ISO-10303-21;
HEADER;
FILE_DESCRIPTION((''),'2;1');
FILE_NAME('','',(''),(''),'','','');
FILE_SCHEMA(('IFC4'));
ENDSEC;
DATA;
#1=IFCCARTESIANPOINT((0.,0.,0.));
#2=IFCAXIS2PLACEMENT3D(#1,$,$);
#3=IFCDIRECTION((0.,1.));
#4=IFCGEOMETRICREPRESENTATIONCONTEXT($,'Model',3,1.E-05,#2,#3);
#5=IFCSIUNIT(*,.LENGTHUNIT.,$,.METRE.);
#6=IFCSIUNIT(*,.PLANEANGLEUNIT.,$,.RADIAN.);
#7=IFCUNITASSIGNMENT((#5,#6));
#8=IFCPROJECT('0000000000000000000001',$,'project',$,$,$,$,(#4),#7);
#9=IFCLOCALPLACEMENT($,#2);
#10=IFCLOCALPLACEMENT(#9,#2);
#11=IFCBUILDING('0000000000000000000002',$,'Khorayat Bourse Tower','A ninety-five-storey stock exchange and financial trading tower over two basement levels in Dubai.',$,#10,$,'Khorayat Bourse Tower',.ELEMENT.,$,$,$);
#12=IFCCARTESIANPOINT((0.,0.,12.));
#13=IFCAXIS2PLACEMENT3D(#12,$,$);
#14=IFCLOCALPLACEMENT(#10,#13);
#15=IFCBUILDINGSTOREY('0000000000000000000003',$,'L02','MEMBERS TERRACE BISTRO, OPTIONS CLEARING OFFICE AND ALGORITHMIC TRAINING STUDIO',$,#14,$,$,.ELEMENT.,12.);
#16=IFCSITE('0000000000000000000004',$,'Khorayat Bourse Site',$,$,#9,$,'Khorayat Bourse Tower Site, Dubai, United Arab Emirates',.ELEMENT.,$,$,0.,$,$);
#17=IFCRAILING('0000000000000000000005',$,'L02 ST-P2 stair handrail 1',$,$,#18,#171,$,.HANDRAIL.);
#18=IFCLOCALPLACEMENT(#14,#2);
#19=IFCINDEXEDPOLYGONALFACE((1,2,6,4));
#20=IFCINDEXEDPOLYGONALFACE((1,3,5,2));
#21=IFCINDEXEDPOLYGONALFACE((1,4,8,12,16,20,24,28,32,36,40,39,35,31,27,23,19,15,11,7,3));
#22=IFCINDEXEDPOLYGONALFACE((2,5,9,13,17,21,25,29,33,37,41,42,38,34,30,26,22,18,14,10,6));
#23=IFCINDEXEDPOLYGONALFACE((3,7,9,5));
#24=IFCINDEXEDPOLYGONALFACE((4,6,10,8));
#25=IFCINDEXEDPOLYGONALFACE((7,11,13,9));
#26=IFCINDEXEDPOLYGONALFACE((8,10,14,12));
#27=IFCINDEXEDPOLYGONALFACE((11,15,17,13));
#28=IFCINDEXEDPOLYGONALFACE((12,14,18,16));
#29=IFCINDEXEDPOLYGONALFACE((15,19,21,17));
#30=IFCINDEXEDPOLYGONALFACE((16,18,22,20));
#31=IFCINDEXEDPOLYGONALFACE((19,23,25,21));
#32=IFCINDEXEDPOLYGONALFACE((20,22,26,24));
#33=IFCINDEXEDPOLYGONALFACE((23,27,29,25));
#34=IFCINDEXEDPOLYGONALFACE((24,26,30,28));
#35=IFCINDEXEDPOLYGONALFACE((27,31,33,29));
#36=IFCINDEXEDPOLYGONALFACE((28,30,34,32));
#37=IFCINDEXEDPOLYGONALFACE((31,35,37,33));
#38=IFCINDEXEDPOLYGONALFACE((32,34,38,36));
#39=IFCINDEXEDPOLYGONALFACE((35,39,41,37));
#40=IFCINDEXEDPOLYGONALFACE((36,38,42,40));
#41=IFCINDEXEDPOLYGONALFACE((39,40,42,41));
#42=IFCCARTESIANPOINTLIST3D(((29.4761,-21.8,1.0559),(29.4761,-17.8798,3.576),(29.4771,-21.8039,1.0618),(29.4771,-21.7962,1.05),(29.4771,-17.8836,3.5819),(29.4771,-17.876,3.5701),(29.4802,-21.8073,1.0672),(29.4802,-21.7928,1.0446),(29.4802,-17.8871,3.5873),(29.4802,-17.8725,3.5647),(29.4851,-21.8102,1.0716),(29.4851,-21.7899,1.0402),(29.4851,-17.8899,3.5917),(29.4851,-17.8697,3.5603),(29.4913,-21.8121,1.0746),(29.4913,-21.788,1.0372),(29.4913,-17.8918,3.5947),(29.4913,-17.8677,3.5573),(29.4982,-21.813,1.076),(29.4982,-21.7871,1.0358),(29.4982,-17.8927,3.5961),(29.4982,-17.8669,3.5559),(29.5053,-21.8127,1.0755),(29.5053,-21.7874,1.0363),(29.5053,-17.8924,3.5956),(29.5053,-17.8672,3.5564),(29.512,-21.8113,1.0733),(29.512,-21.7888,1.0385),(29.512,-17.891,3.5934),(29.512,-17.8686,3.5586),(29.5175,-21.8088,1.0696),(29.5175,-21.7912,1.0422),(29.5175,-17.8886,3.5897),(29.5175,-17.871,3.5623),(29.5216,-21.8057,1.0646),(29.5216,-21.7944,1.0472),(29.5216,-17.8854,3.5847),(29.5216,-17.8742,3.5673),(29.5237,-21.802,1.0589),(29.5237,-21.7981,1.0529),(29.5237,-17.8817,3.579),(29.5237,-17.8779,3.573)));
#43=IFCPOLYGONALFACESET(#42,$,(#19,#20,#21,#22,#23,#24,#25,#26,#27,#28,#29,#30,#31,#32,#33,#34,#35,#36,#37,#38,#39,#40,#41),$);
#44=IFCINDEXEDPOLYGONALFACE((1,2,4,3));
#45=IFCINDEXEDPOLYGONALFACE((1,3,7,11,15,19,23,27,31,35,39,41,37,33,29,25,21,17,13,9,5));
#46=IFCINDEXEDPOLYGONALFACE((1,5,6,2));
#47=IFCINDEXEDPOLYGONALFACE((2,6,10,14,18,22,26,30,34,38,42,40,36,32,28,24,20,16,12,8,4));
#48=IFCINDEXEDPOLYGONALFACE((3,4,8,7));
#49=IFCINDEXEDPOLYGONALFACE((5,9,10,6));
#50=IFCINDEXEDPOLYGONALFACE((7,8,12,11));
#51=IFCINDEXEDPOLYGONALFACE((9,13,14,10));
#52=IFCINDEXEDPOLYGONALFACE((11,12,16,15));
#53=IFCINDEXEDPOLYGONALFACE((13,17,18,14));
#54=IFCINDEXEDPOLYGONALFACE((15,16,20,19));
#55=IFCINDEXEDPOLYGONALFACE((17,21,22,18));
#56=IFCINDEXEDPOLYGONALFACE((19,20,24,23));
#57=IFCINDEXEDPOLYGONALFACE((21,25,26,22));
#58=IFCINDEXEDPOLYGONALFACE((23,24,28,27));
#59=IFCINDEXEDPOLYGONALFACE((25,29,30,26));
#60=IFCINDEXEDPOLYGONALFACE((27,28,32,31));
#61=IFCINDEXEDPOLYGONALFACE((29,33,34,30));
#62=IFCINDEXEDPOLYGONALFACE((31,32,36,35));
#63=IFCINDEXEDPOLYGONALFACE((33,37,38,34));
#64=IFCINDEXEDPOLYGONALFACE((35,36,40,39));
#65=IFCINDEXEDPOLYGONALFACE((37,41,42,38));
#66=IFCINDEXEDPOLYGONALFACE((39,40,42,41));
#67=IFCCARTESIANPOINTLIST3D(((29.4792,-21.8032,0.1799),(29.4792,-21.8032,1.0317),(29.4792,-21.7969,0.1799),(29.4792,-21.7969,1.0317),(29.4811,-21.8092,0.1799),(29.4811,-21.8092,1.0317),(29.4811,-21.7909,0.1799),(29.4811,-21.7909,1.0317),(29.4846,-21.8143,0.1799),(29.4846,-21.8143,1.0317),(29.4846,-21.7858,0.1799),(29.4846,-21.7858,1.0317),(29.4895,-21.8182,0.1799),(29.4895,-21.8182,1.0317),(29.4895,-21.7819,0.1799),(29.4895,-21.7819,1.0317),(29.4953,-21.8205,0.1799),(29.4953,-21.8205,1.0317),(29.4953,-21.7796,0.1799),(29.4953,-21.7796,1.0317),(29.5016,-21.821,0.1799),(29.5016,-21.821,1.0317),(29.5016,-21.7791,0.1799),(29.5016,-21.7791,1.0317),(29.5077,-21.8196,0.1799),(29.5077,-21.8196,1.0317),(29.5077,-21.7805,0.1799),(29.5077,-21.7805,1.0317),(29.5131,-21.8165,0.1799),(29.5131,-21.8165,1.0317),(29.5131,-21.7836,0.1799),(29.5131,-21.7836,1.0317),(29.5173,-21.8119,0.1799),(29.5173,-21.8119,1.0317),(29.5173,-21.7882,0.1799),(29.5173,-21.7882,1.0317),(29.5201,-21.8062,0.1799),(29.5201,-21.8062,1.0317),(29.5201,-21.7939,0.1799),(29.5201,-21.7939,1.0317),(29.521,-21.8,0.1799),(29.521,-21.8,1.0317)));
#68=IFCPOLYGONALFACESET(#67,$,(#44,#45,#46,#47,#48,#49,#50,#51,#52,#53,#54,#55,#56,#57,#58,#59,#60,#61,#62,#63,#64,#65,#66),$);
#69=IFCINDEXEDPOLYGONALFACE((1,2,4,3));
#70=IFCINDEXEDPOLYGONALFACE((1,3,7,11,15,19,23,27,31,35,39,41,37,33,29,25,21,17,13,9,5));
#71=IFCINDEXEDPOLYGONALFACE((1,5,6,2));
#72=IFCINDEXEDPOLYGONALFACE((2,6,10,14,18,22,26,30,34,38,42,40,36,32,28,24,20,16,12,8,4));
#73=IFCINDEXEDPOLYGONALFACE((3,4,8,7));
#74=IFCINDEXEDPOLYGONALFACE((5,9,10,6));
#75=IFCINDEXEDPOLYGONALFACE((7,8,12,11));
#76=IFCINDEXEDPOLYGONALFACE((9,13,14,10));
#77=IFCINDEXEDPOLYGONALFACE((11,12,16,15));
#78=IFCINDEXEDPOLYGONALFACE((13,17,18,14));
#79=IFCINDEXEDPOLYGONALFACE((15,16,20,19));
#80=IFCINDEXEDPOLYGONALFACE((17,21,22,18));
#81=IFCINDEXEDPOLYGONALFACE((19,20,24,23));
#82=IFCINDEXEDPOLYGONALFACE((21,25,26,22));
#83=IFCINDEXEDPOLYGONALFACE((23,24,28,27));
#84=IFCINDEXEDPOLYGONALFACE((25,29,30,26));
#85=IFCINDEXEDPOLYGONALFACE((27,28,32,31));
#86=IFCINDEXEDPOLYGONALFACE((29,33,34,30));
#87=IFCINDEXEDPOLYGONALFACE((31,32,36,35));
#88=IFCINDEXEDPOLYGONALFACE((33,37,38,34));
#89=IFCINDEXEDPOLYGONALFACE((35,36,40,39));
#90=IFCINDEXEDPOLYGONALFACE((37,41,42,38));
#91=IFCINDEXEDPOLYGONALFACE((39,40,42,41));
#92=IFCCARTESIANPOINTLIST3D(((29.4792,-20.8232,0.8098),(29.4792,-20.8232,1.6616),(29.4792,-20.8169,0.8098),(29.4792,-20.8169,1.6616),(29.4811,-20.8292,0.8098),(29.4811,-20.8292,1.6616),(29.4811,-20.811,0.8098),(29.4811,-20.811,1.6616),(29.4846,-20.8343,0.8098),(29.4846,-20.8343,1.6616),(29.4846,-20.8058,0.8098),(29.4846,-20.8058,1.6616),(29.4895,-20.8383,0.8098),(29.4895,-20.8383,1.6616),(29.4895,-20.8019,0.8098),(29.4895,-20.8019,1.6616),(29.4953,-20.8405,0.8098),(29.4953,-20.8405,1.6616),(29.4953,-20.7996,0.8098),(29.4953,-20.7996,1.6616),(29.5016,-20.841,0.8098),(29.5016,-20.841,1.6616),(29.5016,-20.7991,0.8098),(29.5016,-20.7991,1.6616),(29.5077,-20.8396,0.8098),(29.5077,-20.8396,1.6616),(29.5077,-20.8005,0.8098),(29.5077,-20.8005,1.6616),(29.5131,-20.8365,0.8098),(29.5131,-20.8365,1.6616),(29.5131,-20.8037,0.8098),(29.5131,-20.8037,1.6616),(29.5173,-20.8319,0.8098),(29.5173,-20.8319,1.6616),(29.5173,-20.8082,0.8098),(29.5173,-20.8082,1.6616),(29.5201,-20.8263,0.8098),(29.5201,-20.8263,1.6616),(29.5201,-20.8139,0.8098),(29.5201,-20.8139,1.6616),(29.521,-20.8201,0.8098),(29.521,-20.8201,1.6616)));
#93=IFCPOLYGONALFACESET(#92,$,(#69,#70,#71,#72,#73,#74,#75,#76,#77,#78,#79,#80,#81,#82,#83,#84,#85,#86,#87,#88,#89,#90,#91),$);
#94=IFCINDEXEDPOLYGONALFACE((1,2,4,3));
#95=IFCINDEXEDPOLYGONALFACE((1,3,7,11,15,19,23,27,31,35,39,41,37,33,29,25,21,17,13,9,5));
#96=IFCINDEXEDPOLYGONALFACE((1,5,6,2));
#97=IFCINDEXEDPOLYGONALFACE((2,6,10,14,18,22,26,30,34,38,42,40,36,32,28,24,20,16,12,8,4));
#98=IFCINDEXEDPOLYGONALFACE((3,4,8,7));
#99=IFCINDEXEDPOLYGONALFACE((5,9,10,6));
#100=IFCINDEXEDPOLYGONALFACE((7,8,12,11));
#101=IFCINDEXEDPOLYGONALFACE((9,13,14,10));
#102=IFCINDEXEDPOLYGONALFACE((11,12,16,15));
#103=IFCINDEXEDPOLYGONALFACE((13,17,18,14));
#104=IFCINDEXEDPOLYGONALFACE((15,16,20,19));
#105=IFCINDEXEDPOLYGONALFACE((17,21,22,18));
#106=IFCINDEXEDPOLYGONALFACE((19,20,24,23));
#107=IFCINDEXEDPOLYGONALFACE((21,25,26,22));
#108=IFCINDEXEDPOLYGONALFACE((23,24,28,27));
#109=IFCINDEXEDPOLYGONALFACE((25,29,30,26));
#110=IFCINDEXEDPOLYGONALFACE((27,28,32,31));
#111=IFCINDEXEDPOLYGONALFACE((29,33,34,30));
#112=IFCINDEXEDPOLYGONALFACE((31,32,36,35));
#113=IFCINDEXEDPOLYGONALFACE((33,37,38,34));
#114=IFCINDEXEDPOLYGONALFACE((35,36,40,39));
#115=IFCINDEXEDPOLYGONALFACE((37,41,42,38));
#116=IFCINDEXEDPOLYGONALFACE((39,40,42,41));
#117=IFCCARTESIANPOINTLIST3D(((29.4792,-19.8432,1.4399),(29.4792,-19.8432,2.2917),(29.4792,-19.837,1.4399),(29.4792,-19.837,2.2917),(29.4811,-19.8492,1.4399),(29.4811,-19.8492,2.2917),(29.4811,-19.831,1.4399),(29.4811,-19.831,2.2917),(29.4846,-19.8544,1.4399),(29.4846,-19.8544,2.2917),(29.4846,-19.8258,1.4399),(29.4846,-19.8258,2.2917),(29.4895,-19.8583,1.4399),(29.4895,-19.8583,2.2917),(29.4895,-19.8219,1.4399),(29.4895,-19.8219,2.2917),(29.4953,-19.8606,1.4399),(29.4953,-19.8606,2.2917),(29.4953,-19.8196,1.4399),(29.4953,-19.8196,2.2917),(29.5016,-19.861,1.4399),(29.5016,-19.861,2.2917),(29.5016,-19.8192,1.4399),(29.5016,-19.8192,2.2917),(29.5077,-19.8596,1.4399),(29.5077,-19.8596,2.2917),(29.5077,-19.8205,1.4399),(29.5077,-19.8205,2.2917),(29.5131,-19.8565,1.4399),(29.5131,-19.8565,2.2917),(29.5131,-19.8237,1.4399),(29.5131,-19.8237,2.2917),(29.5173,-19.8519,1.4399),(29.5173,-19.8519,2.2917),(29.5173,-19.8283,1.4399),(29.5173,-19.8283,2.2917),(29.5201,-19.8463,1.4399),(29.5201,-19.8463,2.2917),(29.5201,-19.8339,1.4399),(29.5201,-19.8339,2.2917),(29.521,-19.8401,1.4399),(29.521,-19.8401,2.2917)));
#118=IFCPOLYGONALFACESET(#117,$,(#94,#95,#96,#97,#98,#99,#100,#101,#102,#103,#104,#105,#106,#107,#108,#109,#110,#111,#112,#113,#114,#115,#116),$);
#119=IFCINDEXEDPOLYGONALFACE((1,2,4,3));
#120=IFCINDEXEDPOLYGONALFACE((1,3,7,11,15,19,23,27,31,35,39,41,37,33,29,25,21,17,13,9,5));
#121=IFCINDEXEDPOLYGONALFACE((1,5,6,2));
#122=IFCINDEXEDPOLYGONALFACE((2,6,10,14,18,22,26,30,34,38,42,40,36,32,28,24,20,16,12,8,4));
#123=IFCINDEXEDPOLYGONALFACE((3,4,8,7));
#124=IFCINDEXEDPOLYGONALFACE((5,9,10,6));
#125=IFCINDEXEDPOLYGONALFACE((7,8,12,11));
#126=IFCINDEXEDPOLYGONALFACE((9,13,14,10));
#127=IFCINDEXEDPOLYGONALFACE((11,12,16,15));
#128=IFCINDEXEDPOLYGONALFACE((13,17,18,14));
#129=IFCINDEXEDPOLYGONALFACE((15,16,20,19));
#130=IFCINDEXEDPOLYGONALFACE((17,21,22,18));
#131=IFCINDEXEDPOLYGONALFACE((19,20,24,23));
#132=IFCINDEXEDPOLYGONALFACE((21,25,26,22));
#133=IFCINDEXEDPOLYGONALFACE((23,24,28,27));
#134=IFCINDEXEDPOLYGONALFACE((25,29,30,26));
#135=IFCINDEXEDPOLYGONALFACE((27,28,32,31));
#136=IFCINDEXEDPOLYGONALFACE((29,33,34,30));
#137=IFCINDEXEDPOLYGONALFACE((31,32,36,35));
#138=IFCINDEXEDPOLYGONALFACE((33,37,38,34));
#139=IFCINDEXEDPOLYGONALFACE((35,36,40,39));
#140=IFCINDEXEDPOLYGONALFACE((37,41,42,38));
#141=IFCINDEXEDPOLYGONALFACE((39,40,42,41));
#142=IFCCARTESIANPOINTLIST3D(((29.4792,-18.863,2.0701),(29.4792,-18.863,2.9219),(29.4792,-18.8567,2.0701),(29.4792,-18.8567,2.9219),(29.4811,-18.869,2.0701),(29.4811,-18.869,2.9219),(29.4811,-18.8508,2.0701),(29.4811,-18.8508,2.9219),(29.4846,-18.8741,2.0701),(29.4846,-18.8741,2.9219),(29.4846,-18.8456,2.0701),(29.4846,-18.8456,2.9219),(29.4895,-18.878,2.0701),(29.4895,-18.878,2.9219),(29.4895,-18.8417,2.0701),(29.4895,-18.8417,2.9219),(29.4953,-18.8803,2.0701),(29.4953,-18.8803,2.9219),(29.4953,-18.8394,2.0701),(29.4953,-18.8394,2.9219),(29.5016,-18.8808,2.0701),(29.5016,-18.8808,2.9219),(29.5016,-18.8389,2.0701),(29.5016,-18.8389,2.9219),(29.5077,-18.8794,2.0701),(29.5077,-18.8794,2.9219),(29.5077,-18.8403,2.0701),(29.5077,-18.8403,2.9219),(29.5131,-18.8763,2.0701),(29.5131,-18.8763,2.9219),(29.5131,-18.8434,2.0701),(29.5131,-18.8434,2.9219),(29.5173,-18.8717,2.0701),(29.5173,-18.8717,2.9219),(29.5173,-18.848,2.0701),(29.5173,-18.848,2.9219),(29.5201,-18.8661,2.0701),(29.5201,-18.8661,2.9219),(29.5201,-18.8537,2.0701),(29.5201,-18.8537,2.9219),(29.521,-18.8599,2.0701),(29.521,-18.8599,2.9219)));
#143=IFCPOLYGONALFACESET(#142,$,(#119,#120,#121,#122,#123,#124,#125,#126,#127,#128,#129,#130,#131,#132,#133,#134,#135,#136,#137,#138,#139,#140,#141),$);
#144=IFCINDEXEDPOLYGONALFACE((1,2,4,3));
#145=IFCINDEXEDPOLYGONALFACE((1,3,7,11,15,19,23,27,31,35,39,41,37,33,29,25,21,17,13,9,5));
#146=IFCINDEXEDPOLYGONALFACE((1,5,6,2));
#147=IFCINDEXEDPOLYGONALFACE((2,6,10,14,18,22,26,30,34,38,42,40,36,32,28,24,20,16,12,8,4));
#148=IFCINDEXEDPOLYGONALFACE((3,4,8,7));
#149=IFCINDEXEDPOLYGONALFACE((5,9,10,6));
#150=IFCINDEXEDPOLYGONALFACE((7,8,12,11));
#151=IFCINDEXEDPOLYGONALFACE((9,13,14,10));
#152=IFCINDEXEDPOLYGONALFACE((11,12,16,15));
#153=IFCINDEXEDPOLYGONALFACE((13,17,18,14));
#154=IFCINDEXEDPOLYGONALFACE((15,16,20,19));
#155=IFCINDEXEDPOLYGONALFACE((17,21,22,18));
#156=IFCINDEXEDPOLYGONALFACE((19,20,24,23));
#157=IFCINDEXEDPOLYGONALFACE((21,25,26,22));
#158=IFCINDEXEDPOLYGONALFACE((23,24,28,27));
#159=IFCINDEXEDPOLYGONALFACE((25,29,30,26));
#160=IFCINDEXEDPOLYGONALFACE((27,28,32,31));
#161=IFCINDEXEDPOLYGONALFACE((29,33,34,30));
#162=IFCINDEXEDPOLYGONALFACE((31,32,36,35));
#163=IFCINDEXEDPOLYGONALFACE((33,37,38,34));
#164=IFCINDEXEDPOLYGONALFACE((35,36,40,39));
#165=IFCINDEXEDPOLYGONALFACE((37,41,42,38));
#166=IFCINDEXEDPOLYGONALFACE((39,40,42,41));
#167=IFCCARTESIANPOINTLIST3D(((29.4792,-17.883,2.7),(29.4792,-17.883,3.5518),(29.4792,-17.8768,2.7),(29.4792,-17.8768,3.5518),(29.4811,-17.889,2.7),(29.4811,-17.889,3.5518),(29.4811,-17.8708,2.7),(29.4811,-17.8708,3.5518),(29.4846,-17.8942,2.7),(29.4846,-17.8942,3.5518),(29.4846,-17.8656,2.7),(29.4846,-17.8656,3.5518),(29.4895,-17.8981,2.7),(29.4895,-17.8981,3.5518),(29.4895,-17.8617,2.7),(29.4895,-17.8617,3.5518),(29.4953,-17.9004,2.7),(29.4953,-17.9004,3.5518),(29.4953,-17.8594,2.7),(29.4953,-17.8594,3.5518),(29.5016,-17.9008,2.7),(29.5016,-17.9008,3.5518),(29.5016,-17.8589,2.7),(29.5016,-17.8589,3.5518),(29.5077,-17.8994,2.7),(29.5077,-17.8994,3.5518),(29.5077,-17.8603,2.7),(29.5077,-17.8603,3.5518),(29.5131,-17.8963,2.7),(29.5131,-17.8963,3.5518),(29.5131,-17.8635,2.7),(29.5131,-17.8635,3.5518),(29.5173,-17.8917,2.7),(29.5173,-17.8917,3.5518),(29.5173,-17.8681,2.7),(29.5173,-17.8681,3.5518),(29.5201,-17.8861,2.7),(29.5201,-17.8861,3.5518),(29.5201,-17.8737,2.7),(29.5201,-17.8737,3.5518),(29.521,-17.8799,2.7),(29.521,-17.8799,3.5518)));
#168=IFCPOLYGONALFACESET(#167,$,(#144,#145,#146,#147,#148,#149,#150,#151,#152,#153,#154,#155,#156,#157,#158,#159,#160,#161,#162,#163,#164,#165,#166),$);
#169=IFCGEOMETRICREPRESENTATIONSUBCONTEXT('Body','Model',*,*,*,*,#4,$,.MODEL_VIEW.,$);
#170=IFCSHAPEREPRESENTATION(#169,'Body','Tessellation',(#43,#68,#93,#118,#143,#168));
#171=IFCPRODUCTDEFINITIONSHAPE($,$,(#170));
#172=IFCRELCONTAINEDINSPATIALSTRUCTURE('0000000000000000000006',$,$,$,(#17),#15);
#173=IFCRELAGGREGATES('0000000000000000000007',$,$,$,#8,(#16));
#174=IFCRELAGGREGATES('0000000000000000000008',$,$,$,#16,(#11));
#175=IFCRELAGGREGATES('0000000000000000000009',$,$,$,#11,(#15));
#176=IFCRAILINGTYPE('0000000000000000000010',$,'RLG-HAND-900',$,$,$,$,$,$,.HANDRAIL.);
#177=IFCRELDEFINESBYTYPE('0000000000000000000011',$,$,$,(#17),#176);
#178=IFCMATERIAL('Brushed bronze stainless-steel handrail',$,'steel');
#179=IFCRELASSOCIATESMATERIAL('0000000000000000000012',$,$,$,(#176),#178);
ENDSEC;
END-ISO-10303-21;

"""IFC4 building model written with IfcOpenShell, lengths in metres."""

from ifc_helpers import new_model, si_unit, direction, frame, origin, origin_2d, place, context, subcontext, project, spatial, circle, extrude, source, transform, mapped, material, type_object, element, save


model = new_model("IFC4")

# Units and contexts
model_context = context("Model", 3, precision=1e-05, world=origin(), true_north=direction((0.0, 1.0)))
body_context = subcontext(model_context, "Body", "Model", "MODEL_VIEW")
ifc_project = project(units=[si_unit("LENGTHUNIT", "METRE"), si_unit("PLANEANGLEUNIT", "RADIAN")], contexts=[model_context])

# Site, building, storey
site_placement = place(None, origin())
site = spatial("IfcSite", under=ifc_project, at=site_placement, Name="Khorayat Bourse Site", LongName="Khorayat Bourse Tower Site, Dubai, United Arab Emirates", CompositionType="ELEMENT", RefElevation=0.0)
building_placement = place(site_placement, origin())
building = spatial("IfcBuilding", under=site, at=building_placement, Name="Khorayat Bourse Tower", Description="A ninety-five-storey stock exchange and financial trading tower over two basement levels in Dubai.", LongName="Khorayat Bourse Tower", CompositionType="ELEMENT")
storey_placement = place(building_placement, frame((0.0, 0.0, 12.0)))
storey = spatial("IfcBuildingStorey", under=building, at=storey_placement, Name="L02", Description="MEMBERS TERRACE BISTRO, OPTIONS CLEARING OFFICE AND ALGORITHMIC TRAINING STUDIO", CompositionType="ELEMENT", Elevation=12.0)

# Railing
ifc_material_1 = material(Name="Brushed bronze stainless-steel handrail", Category="steel")
railing_type_1 = type_object("IfcRailingType", Name="RLG-HAND-900", PredefinedType="HANDRAIL", material=ifc_material_1)
shared_shape_1 = source(origin(), body_context, "Body", "SweptSolid", [
    extrude(circle(Radius=0.0239, at=origin_2d()), frame((0.0, 0.0, 0.876), z_axis=(0.0, 0.841187, 0.540744), x_axis=(-1.0, 0.0, 0.0)), (0.0, 0.0, 1.0), 4.6604),
    extrude(circle(Radius=0.021, at=origin_2d()), origin(), (0.0, 0.0, 1.0), 0.8518),
    extrude(circle(Radius=0.021, at=origin_2d()), frame((0.0, 0.98, 0.6299)), (0.0, 0.0, 1.0), 0.8518),
    extrude(circle(Radius=0.021, at=origin_2d()), frame((0.0, 1.96, 1.26)), (0.0, 0.0, 1.0), 0.8518),
    extrude(circle(Radius=0.021, at=origin_2d()), frame((0.0, 2.9402, 1.8901)), (0.0, 0.0, 1.0), 0.8518),
    extrude(circle(Radius=0.021, at=origin_2d()), frame((0.0, 3.9202, 2.52)), (0.0, 0.0, 1.0), 0.8518),
])
railing_1_placement = place(storey_placement, frame((29.5, -21.8, 0.1799)))
element("IfcRailing", 1, at=railing_1_placement, inside=storey, type_object=railing_type_1, Name="L02 ST-P2 stair handrail 1", PredefinedType="HANDRAIL", context=body_context, shape_type="MappedRepresentation", body=[
    mapped(shared_shape_1, transform((0.0, 0.0, 0.0), scale=1.0)),
])

save(model, "model.ifc")
